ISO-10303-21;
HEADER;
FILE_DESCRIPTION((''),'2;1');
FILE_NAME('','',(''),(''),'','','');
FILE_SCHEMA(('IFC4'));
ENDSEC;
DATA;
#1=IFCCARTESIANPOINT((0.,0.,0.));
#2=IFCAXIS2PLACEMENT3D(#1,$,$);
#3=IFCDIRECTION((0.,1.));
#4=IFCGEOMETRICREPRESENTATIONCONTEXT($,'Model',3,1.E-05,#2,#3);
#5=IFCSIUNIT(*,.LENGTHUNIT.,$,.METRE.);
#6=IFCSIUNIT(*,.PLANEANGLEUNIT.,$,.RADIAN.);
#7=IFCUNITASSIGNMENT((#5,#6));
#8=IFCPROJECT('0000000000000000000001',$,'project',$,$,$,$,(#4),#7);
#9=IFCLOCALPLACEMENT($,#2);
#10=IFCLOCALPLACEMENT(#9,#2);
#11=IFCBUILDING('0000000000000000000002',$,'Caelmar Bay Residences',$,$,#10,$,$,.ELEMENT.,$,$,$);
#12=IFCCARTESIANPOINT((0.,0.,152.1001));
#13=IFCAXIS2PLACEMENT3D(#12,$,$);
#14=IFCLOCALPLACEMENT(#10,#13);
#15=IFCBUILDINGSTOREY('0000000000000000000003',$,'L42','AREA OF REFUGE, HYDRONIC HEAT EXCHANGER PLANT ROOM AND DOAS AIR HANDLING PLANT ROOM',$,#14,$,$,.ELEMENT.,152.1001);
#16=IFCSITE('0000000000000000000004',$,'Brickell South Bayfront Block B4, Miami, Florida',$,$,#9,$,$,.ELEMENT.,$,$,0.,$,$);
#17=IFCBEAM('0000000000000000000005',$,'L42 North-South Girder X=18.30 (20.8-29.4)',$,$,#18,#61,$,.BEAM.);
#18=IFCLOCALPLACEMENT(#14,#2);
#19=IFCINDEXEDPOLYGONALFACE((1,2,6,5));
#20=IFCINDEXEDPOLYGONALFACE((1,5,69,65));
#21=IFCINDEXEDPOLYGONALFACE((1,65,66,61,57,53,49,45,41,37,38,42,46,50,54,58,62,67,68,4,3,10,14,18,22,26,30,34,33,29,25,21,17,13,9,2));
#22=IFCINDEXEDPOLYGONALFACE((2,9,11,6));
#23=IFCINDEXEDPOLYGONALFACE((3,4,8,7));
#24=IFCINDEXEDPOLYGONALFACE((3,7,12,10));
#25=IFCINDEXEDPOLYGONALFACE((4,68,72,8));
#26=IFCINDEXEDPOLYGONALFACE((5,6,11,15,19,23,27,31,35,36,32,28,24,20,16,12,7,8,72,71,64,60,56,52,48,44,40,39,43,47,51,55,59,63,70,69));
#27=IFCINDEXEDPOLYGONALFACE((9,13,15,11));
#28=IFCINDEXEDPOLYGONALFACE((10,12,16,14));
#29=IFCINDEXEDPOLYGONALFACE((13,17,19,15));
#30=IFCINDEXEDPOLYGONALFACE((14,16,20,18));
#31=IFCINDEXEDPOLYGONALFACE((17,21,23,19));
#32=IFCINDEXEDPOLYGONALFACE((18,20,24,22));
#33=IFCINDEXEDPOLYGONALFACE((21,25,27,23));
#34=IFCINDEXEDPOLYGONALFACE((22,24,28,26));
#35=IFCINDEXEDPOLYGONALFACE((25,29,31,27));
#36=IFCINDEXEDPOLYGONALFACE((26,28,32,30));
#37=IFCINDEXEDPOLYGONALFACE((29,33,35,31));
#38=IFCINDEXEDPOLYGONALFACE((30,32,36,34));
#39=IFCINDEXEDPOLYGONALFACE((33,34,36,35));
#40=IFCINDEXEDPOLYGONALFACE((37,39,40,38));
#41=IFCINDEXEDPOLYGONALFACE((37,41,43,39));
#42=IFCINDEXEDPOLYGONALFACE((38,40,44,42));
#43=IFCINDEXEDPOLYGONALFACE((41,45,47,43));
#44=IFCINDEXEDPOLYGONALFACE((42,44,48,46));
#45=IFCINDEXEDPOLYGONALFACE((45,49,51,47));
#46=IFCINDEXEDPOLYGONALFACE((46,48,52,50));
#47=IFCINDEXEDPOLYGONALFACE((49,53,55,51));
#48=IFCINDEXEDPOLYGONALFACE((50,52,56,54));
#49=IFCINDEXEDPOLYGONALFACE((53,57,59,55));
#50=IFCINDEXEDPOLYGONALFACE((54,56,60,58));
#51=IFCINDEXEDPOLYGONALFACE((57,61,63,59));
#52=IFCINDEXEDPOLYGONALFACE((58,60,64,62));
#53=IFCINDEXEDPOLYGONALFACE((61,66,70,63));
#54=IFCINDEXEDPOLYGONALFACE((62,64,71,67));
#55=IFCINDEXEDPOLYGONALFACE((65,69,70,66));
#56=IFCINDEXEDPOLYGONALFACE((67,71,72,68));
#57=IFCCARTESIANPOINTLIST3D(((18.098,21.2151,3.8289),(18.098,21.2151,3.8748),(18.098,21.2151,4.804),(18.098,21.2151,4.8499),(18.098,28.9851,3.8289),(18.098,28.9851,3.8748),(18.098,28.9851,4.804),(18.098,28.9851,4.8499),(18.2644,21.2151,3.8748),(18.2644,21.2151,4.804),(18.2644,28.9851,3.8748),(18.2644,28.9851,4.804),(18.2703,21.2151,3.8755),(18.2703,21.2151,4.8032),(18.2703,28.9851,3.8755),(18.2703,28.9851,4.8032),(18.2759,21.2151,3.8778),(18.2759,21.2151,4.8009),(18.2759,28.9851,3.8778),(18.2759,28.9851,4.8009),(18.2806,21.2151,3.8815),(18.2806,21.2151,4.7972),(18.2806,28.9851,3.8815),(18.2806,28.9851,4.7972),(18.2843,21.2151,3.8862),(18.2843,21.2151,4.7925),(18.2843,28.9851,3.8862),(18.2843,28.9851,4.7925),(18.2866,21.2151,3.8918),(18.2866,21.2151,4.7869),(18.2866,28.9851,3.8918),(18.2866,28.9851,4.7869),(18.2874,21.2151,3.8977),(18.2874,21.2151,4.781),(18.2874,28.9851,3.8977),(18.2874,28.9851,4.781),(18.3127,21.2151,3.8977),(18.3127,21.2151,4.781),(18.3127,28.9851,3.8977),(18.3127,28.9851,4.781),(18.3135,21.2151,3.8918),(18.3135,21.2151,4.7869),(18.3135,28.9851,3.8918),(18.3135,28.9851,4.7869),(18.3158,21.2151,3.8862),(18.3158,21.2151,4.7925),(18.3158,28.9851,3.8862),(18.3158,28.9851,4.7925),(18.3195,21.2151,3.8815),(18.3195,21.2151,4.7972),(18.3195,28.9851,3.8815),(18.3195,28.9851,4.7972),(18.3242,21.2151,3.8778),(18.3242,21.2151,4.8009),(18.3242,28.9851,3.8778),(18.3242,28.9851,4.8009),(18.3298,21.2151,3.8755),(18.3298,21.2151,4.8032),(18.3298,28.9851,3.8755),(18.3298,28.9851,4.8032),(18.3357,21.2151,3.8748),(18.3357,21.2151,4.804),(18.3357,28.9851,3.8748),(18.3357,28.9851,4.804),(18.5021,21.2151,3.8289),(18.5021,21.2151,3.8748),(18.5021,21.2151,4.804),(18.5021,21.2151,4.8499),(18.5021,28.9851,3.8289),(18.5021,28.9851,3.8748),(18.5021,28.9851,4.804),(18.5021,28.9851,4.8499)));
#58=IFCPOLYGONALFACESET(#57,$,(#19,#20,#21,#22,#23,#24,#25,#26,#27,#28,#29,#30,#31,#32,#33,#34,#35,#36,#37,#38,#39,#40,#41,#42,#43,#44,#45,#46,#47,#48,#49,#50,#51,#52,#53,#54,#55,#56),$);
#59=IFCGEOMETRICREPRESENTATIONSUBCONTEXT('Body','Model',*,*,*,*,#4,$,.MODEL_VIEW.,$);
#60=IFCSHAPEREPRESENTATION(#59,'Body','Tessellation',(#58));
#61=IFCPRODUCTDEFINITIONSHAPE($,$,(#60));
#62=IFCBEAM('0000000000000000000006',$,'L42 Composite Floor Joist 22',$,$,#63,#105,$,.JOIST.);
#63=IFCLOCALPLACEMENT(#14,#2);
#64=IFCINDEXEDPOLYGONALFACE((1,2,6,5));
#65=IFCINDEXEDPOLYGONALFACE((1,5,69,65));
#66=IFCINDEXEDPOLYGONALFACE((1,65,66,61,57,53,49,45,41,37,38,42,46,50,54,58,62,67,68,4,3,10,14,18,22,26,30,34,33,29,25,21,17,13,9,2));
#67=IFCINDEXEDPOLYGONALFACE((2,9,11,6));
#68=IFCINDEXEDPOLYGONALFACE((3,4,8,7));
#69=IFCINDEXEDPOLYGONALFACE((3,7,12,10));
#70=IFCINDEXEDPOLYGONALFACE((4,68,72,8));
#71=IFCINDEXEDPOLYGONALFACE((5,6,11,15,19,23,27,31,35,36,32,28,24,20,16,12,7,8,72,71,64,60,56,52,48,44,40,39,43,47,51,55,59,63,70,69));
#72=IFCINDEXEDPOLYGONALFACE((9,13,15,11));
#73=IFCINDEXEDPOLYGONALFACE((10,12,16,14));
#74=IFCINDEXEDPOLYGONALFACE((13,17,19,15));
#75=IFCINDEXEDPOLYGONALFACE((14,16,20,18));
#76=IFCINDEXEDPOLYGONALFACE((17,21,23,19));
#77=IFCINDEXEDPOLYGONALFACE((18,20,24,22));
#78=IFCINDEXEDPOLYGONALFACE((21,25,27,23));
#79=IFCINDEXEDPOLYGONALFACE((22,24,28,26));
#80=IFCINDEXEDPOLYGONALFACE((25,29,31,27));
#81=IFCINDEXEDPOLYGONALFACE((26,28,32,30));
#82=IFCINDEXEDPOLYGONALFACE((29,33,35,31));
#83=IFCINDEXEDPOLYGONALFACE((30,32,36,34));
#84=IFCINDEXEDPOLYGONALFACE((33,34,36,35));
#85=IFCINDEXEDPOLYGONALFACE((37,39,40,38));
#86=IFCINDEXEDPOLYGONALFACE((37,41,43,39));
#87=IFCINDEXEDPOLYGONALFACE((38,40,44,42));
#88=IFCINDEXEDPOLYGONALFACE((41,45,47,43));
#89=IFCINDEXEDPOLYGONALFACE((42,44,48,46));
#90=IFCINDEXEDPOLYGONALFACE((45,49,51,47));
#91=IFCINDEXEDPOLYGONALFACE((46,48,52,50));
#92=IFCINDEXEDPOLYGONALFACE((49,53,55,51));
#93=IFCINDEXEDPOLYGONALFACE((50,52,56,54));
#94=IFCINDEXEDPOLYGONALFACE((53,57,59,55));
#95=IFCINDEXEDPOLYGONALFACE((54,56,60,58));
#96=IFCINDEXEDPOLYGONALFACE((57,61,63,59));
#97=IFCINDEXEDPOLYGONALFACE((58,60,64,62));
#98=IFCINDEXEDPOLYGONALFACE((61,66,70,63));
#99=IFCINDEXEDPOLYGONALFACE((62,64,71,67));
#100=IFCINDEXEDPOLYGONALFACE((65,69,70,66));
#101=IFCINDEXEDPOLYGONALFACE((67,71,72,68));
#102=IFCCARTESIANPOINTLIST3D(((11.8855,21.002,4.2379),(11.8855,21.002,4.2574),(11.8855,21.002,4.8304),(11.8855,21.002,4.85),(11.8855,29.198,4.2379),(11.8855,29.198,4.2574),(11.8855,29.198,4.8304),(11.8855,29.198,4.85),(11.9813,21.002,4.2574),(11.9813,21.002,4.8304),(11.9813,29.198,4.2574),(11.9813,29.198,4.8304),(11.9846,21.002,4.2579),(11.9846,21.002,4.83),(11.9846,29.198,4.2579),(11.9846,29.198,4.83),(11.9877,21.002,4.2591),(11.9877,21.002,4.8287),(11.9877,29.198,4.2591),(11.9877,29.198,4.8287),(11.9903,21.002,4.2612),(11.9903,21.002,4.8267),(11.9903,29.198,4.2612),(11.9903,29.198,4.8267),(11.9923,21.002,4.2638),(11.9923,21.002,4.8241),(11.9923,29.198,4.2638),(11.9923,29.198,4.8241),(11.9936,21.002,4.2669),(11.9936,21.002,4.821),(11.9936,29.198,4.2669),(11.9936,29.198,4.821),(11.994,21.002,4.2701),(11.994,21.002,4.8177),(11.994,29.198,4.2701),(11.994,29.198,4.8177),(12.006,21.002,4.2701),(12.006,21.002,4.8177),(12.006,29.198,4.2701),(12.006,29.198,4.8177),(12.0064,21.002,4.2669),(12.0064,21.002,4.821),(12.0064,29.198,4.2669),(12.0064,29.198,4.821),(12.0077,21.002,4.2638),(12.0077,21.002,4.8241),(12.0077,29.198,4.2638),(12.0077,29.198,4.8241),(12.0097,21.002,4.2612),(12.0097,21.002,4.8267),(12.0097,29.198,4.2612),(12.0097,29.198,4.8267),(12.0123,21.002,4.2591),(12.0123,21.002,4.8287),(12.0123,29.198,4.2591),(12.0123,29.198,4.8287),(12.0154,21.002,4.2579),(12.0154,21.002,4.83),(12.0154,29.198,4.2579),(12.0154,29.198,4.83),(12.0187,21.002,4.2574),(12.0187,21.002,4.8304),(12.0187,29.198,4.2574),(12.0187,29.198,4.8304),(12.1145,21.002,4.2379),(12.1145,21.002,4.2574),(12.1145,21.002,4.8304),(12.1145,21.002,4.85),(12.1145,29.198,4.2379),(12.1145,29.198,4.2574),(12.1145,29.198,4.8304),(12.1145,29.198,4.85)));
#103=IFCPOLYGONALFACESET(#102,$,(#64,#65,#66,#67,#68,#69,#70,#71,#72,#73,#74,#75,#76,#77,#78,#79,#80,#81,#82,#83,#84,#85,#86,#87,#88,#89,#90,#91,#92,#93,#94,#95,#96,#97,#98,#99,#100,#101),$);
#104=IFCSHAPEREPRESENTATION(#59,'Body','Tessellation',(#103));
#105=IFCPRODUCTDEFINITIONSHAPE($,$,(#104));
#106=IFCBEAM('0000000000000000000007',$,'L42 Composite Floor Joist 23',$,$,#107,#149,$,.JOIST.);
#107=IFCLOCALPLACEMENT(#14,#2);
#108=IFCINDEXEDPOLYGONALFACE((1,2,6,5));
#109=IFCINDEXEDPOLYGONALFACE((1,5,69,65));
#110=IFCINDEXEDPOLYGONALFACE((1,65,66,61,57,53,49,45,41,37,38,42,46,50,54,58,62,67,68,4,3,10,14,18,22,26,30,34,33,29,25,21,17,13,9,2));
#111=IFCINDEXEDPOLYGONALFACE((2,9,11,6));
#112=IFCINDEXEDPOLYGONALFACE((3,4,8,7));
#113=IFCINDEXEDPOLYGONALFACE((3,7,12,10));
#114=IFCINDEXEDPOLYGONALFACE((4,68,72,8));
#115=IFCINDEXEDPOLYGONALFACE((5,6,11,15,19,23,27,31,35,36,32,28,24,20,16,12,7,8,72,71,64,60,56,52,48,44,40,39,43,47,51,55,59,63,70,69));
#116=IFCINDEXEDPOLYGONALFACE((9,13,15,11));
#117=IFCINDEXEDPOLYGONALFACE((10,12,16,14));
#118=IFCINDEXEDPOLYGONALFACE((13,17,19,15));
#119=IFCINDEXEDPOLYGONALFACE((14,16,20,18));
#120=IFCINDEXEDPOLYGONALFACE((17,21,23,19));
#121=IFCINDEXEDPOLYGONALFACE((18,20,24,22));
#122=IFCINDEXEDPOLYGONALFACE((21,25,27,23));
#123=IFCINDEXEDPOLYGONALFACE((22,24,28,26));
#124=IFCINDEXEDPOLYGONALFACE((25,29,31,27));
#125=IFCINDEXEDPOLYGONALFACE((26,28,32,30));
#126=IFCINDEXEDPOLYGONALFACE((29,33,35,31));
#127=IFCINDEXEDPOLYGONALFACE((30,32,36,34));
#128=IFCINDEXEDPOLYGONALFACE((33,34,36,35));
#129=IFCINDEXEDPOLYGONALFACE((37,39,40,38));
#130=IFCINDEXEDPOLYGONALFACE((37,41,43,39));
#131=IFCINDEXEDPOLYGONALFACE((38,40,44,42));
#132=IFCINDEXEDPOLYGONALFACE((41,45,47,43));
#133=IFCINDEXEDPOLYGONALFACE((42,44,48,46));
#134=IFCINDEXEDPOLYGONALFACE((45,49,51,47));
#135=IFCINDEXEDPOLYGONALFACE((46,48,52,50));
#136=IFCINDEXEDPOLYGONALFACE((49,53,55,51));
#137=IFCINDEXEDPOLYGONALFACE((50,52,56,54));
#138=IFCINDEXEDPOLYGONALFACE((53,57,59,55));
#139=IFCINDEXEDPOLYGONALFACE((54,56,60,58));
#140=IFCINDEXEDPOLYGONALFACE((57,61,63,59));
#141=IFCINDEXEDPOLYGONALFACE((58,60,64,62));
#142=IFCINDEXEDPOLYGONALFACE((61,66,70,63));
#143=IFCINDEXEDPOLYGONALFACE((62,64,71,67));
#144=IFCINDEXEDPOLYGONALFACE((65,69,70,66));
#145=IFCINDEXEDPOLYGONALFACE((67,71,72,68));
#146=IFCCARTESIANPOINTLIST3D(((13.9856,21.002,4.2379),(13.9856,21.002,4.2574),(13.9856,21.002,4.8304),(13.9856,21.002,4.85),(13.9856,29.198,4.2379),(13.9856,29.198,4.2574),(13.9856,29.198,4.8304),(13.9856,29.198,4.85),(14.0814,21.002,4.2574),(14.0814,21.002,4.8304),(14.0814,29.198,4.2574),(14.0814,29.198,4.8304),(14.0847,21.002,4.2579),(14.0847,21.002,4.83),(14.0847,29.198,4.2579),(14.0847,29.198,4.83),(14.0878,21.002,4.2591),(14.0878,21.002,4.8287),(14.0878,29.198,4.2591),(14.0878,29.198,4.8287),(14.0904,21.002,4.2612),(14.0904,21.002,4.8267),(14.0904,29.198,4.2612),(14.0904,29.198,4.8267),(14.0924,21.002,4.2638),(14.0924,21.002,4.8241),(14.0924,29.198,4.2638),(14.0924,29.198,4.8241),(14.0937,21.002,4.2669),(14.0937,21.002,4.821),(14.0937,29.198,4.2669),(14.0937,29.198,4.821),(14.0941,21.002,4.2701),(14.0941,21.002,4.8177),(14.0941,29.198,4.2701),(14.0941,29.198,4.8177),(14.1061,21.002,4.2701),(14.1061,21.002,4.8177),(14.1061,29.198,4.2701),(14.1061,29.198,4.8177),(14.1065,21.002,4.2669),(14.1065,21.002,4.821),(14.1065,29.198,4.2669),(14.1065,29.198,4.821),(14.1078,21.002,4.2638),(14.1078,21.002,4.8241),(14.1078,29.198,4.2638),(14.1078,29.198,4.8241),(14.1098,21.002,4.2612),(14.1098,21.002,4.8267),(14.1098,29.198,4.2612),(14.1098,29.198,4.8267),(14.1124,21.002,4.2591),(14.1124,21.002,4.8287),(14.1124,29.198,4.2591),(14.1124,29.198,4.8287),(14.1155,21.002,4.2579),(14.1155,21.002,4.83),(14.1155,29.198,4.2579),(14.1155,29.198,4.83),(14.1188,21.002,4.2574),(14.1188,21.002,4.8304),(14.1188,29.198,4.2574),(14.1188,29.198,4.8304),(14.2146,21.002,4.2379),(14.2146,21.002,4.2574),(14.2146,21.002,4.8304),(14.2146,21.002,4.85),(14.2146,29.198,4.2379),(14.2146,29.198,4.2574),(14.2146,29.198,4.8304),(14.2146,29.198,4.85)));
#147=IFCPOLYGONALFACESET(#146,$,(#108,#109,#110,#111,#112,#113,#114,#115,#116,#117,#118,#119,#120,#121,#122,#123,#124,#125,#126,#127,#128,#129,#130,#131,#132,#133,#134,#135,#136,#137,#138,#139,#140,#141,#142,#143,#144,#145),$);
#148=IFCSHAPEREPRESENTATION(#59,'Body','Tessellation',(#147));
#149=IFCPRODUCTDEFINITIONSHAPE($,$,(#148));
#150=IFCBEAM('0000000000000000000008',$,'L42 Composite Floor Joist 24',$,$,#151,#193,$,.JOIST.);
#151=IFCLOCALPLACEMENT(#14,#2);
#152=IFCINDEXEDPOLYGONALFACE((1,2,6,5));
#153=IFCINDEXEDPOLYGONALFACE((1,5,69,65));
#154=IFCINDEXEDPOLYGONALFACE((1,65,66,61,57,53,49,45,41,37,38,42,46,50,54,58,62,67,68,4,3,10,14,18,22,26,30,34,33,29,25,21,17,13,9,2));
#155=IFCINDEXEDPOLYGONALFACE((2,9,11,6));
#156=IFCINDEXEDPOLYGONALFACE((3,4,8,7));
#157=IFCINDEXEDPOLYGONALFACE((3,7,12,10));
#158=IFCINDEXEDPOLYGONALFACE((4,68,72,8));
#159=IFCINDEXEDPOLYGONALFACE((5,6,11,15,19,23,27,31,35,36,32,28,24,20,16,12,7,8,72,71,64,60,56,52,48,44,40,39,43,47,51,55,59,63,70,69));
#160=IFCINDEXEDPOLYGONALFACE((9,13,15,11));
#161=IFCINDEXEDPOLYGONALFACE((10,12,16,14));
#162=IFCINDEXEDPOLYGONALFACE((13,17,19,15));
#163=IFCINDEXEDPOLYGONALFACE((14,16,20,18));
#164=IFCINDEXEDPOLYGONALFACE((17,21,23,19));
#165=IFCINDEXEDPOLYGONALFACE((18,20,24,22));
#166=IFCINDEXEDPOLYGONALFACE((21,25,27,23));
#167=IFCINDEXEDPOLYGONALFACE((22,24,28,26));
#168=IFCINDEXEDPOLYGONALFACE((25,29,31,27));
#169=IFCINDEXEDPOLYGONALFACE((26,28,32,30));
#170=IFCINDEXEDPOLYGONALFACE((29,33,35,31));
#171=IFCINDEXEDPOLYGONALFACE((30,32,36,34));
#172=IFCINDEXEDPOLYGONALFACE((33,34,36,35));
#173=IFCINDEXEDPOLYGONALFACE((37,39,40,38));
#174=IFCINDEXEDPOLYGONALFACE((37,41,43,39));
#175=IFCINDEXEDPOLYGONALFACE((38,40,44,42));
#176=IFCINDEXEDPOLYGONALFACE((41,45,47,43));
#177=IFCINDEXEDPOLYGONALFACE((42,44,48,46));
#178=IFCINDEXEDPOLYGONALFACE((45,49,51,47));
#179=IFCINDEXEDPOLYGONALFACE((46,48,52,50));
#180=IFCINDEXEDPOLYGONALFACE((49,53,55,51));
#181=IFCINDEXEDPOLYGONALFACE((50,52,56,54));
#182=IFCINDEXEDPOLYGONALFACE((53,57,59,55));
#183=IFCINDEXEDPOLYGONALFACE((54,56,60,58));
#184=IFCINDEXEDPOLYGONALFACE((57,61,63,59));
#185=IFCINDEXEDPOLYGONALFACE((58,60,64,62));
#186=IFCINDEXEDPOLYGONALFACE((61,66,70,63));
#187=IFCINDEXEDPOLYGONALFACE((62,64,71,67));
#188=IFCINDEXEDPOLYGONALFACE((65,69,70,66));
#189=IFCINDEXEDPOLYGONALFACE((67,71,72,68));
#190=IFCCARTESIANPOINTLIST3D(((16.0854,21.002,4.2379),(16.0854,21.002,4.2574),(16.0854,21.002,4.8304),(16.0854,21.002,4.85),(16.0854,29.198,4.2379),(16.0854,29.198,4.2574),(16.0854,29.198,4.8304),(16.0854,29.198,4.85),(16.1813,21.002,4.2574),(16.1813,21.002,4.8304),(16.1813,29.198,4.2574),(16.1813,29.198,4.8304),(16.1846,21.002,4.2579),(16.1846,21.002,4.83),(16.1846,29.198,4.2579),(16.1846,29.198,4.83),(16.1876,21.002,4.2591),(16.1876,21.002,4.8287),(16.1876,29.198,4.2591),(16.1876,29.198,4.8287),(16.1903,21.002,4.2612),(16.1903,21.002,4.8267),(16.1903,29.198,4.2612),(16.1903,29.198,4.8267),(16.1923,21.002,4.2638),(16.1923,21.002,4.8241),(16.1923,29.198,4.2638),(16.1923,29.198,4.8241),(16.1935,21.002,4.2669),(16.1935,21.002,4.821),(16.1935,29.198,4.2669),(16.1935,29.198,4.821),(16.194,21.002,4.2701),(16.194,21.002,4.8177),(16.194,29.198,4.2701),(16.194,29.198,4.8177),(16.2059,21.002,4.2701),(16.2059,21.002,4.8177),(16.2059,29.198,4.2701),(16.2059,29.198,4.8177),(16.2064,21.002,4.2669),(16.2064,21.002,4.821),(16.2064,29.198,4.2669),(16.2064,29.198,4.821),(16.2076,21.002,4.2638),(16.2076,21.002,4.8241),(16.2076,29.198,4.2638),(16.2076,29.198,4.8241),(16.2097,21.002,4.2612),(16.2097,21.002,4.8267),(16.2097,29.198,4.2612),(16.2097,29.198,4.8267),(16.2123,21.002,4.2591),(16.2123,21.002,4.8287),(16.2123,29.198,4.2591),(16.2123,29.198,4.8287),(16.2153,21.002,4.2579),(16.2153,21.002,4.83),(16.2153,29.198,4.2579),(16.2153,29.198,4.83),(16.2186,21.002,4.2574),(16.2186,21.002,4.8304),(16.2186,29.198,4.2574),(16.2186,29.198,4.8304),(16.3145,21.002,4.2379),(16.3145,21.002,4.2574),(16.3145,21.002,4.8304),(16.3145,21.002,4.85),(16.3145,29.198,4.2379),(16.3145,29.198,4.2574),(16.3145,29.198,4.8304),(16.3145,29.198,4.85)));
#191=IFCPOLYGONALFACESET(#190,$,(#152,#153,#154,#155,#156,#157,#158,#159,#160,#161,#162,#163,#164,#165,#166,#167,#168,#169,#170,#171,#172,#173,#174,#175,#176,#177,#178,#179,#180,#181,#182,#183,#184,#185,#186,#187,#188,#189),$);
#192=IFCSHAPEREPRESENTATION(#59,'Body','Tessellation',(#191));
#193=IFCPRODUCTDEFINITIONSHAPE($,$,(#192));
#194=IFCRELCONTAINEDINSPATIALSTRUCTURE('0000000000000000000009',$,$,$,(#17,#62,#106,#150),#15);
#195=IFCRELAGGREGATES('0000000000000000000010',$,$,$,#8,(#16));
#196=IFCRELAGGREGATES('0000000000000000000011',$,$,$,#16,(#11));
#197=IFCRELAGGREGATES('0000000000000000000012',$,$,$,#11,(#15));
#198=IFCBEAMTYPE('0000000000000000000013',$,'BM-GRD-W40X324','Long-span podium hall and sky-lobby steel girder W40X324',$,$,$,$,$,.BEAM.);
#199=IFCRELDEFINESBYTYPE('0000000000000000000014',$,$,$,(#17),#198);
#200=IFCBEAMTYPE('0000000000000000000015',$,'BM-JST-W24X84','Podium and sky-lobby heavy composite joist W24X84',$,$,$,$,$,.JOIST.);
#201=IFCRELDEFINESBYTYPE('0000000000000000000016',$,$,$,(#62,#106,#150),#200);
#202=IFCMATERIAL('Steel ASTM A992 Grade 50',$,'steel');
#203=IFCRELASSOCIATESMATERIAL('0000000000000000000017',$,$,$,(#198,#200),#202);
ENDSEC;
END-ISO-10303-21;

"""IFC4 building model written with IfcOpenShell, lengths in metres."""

from ifc_helpers import new_model, si_unit, direction, frame, origin, origin_2d, place, context, subcontext, project, spatial, i_section, extrude, material, material_profile, profile_set, type_object, element, save


model = new_model("IFC4")

# Units and contexts
model_context = context("Model", 3, precision=1e-05, world=origin(), true_north=direction((0.0, 1.0)))
body_context = subcontext(model_context, "Body", "Model", "MODEL_VIEW")
ifc_project = project(units=[si_unit("LENGTHUNIT", "METRE"), si_unit("PLANEANGLEUNIT", "RADIAN")], contexts=[model_context])

# Site, building, storey
site_placement = place(None, origin())
site = spatial("IfcSite", under=ifc_project, at=site_placement, Name="Brickell South Bayfront Block B4, Miami, Florida", CompositionType="ELEMENT", RefElevation=0.0)
building_placement = place(site_placement, origin())
building = spatial("IfcBuilding", under=site, at=building_placement, Name="Caelmar Bay Residences", CompositionType="ELEMENT")
storey_placement = place(building_placement, frame((0.0, 0.0, 152.1001)))
storey = spatial("IfcBuildingStorey", under=building, at=storey_placement, Name="L42", Description="AREA OF REFUGE, HYDRONIC HEAT EXCHANGER PLANT ROOM AND DOAS AIR HANDLING PLANT ROOM", CompositionType="ELEMENT", Elevation=152.1001)

# Beams
ifc_material_1 = material(Name="Steel ASTM A992 Grade 50", Category="steel")
ifc_material_profile_1 = material_profile(ifc_material_1, i_section(OverallWidth=0.4041, OverallDepth=1.021, WebThickness=0.0254, FlangeThickness=0.0459, FilletRadius=0.0229, at=origin_2d()), Name="W40X324")
ifc_profile_set_1 = profile_set([ifc_material_profile_1], Name="Steel ASTM A992 Grade 50")
beam_type_1 = type_object("IfcBeamType", Name="BM-GRD-W40X324", Description="Long-span podium hall and sky-lobby steel girder W40X324", PredefinedType="BEAM", material=ifc_profile_set_1)
for number, where, z_axis, x_axis, name in (
    (1, (18.3, 21.2151, 4.3394), (0.0, 1.0, 0.0), (-1.0, 0.0, 0.0), "L42 North-South Girder X=18.30 (20.8-29.4)"),
):
    element("IfcBeam", number, at=place(storey_placement, frame(where, z_axis=z_axis, x_axis=x_axis)), inside=storey, type_object=beam_type_1, Name=name, PredefinedType="BEAM", context=body_context, shape_type="SweptSolid", body=[
        extrude(i_section(OverallWidth=0.4041, OverallDepth=1.021, WebThickness=0.0254, FlangeThickness=0.0459, FilletRadius=0.0229, at=origin_2d()), origin(), (0.0, 0.0, 1.0), 7.77),
    ])
ifc_material_profile_2 = material_profile(ifc_material_1, i_section(OverallWidth=0.229, OverallDepth=0.6121, WebThickness=0.012, FlangeThickness=0.0195, FilletRadius=0.0127, at=origin_2d()), Name="W24X84")
ifc_profile_set_2 = profile_set([ifc_material_profile_2], Name="Steel ASTM A992 Grade 50")
beam_type_2 = type_object("IfcBeamType", Name="BM-JST-W24X84", Description="Podium and sky-lobby heavy composite joist W24X84", PredefinedType="JOIST", material=ifc_profile_set_2)
for number, where, z_axis, x_axis, name in (
    (2, (12.0, 21.002, 4.5439), (0.0, 1.0, 0.0), (-1.0, 0.0, 0.0), "L42 Composite Floor Joist 22"),
    (3, (14.1001, 21.002, 4.5439), (0.0, 1.0, 0.0), (-1.0, 0.0, 0.0), "L42 Composite Floor Joist 23"),
    (4, (16.2, 21.002, 4.5439), (0.0, 1.0, 0.0), (-1.0, 0.0, 0.0), "L42 Composite Floor Joist 24"),
):
    element("IfcBeam", number, at=place(storey_placement, frame(where, z_axis=z_axis, x_axis=x_axis)), inside=storey, type_object=beam_type_2, Name=name, PredefinedType="JOIST", context=body_context, shape_type="SweptSolid", body=[
        extrude(i_section(OverallWidth=0.229, OverallDepth=0.6121, WebThickness=0.012, FlangeThickness=0.0195, FilletRadius=0.0127, at=origin_2d()), origin(), (0.0, 0.0, 1.0), 8.196),
    ])

save(model, "model.ifc")
